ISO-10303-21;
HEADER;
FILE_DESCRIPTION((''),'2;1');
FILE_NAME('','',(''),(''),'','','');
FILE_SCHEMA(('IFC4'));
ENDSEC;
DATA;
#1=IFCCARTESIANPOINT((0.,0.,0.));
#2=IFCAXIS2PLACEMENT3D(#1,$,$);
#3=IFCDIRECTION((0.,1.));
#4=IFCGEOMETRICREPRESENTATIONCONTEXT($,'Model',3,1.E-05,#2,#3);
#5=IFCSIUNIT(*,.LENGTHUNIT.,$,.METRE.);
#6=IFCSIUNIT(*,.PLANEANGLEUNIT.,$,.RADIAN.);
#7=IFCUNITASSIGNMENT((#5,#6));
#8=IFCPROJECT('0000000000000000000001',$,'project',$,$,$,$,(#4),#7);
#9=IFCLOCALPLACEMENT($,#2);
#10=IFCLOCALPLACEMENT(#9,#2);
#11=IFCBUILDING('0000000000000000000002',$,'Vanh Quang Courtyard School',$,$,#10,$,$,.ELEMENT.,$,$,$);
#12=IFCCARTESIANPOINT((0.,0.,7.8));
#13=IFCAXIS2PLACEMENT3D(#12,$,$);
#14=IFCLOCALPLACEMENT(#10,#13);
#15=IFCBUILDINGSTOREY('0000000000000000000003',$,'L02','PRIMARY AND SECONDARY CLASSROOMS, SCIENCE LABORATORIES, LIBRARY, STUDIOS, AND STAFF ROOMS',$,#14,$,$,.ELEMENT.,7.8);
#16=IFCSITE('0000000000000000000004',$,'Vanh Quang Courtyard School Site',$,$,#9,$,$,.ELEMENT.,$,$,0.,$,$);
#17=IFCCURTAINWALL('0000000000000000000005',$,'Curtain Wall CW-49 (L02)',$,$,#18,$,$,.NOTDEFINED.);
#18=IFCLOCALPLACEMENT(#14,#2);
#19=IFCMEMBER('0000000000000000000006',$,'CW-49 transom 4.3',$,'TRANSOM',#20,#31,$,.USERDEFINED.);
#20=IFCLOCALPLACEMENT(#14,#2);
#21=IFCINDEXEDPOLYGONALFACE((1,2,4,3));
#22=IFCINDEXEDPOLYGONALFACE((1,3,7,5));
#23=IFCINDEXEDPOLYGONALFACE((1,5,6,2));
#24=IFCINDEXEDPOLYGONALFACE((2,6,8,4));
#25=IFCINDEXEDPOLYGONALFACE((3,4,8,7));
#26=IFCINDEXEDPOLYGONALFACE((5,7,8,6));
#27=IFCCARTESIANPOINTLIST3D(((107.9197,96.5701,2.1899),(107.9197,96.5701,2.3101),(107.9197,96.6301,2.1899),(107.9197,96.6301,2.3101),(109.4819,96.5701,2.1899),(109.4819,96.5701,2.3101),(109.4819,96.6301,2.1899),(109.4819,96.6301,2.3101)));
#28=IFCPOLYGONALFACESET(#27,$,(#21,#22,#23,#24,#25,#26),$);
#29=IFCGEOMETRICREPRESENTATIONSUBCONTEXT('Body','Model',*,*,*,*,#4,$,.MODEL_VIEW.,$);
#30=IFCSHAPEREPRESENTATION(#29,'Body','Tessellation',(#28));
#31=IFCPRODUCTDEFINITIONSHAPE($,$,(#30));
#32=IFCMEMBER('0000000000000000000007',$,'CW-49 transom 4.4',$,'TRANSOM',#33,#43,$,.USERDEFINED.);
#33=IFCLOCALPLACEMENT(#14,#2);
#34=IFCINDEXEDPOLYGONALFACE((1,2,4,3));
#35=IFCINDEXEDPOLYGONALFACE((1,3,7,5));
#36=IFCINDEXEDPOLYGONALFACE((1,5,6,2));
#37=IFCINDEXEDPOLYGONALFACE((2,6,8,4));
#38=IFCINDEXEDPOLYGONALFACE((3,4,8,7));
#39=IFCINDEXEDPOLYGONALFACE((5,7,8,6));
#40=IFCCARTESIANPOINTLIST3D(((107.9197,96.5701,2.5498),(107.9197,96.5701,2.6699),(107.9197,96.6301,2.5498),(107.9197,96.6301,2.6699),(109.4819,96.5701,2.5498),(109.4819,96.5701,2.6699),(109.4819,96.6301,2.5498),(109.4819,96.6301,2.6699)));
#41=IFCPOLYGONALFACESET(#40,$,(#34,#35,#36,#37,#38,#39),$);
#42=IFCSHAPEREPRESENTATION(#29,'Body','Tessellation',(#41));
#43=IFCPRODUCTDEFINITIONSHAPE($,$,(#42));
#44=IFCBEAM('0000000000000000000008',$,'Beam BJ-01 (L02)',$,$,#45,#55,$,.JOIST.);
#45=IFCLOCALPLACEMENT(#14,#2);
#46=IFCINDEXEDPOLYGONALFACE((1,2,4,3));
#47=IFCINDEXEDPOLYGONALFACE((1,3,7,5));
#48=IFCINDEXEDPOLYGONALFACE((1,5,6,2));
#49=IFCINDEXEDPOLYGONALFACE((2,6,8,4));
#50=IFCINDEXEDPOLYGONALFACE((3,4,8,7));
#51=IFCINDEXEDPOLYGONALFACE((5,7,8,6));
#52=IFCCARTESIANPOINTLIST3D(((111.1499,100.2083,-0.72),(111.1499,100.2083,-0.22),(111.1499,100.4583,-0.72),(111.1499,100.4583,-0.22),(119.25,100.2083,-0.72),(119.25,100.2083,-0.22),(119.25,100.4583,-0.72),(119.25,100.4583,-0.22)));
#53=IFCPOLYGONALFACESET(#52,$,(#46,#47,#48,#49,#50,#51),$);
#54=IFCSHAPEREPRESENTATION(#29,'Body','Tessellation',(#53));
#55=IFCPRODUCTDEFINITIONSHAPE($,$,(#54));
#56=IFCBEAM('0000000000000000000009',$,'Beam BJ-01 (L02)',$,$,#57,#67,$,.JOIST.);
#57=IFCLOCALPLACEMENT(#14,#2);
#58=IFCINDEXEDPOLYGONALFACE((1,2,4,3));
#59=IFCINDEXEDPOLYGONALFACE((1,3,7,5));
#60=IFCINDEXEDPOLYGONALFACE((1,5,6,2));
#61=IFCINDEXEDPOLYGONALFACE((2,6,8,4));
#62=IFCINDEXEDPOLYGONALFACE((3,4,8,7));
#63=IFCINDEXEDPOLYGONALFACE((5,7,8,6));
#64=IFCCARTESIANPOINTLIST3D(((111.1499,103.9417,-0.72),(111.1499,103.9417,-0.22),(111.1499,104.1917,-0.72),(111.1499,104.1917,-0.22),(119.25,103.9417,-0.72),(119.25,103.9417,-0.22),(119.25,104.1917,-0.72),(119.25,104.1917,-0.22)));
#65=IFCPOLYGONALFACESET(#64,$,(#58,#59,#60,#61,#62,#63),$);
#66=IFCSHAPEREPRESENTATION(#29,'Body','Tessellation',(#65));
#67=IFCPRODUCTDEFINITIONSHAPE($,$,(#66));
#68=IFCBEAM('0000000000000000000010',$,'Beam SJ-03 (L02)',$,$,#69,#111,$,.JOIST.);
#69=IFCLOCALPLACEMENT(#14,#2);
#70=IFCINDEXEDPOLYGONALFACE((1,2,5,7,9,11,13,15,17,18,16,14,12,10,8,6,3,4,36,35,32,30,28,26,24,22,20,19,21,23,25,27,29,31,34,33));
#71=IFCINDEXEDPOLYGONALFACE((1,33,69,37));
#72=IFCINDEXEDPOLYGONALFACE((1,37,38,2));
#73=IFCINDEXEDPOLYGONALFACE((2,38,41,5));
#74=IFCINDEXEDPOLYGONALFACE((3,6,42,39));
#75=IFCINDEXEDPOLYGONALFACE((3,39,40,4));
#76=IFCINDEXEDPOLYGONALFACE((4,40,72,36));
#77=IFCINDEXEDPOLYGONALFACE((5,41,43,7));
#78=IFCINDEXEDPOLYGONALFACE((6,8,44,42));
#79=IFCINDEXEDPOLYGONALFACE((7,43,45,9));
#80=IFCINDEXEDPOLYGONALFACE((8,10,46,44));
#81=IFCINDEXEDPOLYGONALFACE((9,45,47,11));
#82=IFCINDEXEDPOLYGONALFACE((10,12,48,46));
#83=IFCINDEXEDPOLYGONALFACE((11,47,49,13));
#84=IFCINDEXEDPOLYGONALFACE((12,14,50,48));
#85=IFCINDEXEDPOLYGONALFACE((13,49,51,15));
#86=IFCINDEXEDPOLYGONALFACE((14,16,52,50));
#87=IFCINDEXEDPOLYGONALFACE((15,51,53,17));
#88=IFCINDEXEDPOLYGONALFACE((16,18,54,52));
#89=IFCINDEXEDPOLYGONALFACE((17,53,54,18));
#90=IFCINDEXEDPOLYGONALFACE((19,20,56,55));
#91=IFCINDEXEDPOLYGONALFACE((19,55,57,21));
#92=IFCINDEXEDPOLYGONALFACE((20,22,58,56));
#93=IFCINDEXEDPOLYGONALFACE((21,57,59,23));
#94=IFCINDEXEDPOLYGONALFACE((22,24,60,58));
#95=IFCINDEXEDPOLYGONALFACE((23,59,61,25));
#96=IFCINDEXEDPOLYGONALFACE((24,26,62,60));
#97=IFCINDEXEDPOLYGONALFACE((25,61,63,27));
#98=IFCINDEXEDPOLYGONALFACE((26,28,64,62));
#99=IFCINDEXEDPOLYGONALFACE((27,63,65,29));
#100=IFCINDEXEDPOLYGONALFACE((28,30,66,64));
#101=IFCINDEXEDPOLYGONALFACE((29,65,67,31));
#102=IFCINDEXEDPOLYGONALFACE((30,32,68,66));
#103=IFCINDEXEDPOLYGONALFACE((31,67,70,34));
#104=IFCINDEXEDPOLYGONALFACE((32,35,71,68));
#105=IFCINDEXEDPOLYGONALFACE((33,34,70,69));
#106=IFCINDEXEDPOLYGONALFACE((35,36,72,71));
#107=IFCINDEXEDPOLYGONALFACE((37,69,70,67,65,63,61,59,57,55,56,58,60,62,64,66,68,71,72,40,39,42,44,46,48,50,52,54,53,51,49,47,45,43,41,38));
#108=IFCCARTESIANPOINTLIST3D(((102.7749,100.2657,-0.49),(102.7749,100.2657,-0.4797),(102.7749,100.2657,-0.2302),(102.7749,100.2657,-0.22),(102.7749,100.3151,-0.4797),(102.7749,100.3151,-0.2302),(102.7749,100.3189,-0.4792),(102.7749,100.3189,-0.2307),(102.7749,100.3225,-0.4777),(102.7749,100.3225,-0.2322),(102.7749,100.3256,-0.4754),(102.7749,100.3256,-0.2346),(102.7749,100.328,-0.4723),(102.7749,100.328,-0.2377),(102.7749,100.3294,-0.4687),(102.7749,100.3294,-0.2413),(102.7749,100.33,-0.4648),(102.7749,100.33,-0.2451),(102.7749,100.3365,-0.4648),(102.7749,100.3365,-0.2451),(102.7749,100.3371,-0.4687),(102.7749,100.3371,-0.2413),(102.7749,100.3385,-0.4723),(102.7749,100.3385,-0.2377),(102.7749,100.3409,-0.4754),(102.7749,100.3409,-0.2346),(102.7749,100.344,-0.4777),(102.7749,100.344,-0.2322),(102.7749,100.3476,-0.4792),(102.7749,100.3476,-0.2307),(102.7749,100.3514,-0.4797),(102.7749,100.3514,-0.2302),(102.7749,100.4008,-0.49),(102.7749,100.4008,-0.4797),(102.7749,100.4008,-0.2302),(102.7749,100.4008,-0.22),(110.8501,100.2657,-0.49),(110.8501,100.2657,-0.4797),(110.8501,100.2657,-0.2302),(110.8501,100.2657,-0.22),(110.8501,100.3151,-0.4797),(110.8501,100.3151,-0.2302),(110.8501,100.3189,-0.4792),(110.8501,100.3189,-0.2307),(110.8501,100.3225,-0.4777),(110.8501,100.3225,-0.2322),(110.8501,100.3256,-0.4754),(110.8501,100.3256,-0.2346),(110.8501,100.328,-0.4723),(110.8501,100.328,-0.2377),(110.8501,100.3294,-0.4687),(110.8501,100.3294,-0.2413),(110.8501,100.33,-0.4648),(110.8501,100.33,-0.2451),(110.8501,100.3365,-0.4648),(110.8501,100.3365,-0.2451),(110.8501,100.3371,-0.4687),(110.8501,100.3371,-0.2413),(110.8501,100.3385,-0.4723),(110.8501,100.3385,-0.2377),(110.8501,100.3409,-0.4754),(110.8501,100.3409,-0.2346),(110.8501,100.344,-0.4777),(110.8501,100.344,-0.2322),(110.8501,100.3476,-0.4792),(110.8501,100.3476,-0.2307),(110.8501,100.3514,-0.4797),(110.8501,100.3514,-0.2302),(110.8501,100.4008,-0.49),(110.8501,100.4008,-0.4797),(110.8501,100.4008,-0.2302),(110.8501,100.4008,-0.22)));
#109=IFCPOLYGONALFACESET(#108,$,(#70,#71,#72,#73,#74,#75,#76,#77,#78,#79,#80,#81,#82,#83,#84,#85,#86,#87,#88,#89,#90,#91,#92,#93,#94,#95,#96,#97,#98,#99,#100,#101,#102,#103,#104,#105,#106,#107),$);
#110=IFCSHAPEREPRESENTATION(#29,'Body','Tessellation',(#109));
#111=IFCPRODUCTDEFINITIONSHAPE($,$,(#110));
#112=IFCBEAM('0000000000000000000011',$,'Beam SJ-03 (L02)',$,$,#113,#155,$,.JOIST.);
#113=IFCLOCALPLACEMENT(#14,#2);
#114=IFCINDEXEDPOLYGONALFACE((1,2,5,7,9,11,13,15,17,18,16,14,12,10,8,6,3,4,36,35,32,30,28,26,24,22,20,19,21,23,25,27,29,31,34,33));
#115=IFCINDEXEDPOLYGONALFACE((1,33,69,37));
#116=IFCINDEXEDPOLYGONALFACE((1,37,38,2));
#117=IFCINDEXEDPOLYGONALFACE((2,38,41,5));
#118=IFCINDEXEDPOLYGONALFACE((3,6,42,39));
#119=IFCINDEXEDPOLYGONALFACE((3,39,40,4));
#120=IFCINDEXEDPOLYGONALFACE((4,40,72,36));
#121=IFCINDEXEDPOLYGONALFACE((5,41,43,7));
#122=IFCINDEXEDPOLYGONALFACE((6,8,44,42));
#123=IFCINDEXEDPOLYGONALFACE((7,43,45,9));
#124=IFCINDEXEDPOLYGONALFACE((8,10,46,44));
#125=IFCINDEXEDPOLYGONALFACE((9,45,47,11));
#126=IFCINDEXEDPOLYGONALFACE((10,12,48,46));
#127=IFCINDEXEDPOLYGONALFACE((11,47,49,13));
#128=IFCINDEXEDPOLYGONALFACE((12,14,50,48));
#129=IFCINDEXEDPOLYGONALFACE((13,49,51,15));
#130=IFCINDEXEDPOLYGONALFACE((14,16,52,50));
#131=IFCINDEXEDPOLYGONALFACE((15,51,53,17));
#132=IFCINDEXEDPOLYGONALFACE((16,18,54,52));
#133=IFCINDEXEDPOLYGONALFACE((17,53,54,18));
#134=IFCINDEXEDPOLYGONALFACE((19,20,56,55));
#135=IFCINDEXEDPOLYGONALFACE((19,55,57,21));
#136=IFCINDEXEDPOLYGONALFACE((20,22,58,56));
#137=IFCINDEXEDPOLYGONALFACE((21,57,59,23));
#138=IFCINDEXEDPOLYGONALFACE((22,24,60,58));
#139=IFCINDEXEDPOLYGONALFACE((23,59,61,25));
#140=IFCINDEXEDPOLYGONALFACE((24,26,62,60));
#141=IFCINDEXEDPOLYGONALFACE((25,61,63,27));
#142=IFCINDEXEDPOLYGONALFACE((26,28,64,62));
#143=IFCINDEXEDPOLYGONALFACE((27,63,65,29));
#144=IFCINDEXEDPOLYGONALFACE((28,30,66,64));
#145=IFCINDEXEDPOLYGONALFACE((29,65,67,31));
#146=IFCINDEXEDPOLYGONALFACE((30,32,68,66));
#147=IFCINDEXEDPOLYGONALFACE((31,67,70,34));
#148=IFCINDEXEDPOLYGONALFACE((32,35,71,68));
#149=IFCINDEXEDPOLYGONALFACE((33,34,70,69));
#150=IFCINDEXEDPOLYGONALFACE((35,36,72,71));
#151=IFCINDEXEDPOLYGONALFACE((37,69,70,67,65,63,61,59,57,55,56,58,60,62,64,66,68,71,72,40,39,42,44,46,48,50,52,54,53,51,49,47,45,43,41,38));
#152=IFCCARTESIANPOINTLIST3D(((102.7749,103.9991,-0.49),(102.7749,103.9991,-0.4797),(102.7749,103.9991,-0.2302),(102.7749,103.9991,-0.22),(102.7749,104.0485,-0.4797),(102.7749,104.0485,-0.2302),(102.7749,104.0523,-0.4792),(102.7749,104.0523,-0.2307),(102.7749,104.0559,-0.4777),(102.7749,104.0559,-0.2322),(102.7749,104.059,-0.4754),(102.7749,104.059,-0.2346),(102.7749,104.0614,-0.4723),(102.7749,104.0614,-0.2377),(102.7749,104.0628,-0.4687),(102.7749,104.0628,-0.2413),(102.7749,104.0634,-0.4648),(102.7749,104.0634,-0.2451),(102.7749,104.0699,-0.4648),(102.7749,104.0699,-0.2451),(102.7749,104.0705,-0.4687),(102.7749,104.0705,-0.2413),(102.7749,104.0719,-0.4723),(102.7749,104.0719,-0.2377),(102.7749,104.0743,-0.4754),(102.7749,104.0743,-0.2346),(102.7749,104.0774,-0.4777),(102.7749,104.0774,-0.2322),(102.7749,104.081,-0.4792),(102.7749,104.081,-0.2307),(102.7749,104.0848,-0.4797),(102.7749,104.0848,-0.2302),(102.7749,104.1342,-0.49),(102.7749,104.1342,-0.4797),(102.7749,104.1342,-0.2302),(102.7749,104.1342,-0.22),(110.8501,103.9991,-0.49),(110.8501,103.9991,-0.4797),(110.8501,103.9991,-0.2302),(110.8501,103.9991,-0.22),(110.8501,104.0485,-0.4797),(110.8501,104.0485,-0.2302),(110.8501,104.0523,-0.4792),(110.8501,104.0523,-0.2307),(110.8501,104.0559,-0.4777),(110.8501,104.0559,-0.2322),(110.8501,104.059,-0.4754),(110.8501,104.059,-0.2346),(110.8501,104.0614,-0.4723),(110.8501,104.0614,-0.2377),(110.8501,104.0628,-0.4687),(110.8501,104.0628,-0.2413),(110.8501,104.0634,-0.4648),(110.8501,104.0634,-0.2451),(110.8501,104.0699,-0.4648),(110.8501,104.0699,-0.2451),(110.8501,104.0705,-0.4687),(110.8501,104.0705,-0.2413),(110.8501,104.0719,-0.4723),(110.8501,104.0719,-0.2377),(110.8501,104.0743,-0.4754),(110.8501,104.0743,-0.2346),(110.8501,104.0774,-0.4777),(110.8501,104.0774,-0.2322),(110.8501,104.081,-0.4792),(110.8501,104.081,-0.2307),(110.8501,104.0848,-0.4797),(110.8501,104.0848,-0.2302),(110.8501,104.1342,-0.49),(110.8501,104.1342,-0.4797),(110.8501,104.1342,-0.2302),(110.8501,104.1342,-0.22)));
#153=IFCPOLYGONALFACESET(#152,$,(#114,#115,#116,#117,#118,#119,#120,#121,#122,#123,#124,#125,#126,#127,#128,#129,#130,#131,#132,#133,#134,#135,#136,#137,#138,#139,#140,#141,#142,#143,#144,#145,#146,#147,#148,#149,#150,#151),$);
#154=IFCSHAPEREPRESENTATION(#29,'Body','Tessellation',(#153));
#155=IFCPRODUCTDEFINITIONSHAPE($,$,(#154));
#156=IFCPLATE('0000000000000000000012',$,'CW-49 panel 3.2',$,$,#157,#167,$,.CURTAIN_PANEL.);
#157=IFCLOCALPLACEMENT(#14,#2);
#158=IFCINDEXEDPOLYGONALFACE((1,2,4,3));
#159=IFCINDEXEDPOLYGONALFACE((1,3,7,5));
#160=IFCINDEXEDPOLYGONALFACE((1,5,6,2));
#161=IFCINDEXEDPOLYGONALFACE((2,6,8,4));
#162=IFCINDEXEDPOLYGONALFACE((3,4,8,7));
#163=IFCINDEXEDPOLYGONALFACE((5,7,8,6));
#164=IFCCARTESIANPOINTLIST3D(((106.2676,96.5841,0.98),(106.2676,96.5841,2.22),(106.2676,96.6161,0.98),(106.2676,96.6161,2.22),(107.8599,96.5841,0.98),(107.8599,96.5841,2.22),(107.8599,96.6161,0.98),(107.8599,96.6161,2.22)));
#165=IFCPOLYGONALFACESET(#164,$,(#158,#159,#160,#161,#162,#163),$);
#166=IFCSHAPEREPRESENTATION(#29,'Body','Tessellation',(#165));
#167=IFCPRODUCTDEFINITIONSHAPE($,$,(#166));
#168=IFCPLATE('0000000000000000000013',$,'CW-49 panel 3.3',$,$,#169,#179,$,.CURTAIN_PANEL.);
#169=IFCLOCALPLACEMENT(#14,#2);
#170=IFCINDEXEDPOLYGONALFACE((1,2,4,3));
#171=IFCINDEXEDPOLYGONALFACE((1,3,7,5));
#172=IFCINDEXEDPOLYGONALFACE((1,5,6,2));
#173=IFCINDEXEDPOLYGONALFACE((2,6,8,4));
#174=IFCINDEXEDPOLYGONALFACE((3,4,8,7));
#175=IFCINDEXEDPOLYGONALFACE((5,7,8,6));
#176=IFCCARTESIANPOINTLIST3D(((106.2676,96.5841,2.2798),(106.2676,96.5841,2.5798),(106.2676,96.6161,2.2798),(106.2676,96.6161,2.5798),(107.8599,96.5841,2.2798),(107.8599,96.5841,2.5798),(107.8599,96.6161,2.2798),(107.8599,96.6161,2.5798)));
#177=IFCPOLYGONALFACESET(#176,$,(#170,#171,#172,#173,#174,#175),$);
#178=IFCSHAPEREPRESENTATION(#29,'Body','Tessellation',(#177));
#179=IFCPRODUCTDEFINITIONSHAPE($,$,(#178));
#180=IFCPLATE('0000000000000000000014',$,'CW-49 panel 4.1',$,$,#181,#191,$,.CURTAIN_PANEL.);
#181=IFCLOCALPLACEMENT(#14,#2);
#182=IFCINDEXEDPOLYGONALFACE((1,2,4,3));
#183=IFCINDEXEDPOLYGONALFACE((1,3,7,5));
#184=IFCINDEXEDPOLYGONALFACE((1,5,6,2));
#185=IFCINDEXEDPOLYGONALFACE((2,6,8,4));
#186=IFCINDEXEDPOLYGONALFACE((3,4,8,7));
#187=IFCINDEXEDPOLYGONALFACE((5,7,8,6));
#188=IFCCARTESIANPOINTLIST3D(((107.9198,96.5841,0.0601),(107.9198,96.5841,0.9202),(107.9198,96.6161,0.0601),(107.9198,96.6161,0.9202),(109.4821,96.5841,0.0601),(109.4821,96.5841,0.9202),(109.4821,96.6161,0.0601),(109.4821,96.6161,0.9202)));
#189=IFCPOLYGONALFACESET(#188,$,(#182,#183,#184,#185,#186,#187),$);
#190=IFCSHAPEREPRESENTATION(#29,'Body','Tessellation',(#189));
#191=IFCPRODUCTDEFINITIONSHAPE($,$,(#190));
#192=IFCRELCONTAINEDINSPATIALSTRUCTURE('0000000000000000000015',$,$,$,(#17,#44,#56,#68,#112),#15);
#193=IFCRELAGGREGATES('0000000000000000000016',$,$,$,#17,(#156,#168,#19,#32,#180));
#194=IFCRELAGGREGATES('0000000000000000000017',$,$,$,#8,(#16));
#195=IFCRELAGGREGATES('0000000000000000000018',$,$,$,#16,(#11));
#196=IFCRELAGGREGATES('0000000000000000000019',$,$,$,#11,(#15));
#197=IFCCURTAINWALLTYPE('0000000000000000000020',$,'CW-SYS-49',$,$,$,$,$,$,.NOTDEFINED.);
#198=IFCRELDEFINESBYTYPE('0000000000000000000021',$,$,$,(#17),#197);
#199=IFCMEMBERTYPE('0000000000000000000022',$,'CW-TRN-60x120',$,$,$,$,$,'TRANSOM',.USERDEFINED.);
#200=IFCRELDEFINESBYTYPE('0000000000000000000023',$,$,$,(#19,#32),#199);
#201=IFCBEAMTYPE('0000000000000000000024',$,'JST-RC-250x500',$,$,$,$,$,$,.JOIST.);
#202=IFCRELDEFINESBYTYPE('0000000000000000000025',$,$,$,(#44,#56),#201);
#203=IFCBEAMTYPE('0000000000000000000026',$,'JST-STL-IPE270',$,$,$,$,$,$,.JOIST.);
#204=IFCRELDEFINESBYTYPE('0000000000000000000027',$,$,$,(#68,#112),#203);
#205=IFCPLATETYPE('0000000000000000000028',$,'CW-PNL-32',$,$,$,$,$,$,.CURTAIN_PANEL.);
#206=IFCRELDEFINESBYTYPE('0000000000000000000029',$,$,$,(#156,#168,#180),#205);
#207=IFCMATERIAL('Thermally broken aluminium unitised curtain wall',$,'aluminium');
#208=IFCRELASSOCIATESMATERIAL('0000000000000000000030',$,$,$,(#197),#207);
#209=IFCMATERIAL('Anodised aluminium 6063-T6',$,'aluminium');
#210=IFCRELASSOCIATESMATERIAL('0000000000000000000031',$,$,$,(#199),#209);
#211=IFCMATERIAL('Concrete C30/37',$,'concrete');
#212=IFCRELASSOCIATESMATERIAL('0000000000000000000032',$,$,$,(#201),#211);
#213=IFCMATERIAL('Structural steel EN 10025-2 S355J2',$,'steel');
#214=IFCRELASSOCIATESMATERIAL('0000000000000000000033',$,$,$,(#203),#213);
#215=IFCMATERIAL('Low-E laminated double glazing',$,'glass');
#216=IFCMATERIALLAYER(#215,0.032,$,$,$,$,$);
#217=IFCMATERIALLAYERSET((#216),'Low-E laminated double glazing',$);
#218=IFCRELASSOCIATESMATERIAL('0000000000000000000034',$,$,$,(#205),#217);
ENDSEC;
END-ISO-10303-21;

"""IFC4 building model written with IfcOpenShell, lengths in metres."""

from ifc_helpers import new_model, si_unit, direction, frame, origin, origin_2d, place, context, subcontext, project, spatial, rectangle, i_section, extrude, material, layer, layer_set, material_profile, profile_set, type_object, element, aggregate, save


model = new_model("IFC4")

# Units and contexts
model_context = context("Model", 3, precision=1e-05, world=origin(), true_north=direction((0.0, 1.0)))
body_context = subcontext(model_context, "Body", "Model", "MODEL_VIEW")
ifc_project = project(units=[si_unit("LENGTHUNIT", "METRE"), si_unit("PLANEANGLEUNIT", "RADIAN")], contexts=[model_context])

# Site, building, storey
site_placement = place(None, origin())
site = spatial("IfcSite", under=ifc_project, at=site_placement, Name="Vanh Quang Courtyard School Site", CompositionType="ELEMENT", RefElevation=0.0)
building_placement = place(site_placement, origin())
building = spatial("IfcBuilding", under=site, at=building_placement, Name="Vanh Quang Courtyard School", CompositionType="ELEMENT")
storey_placement = place(building_placement, frame((0.0, 0.0, 7.8)))
storey = spatial("IfcBuildingStorey", under=building, at=storey_placement, Name="L02", Description="PRIMARY AND SECONDARY CLASSROOMS, SCIENCE LABORATORIES, LIBRARY, STUDIOS, AND STAFF ROOMS", CompositionType="ELEMENT", Elevation=7.8)

# Curtain wall, members
ifc_material_1 = material(Name="Thermally broken aluminium unitised curtain wall", Category="aluminium")
curtain_wall_type = type_object("IfcCurtainWallType", Name="CW-SYS-49", PredefinedType="NOTDEFINED", material=ifc_material_1)
curtain_wall_placement = place(storey_placement, origin())
curtain_wall = element("IfcCurtainWall", 1, at=curtain_wall_placement, inside=storey, type_object=curtain_wall_type, Name="Curtain Wall CW-49 (L02)", PredefinedType="NOTDEFINED")
ifc_material_2 = material(Name="Anodised aluminium 6063-T6", Category="aluminium")
ifc_material_profile_1 = material_profile(ifc_material_2, rectangle(XDim=0.0601, YDim=0.1201, at=origin_2d()), Name="ALU-TRN 60x120")
ifc_profile_set_1 = profile_set([ifc_material_profile_1], Name="Anodised aluminium 6063-T6")
member_type_1 = type_object("IfcMemberType", Name="CW-TRN-60x120", ElementType="TRANSOM", PredefinedType="USERDEFINED", material=ifc_profile_set_1)
member_1_placement = place(storey_placement, frame((107.9197, 96.6001, 2.25), z_axis=(1.0, 0.0, 0.0), x_axis=(0.0, 1.0, 0.0)))
member_1 = element("IfcMember", 2, at=member_1_placement, type_object=member_type_1, Name="CW-49 transom 4.3", ObjectType="TRANSOM", PredefinedType="USERDEFINED", context=body_context, shape_type="SweptSolid", body=[
    extrude(rectangle(XDim=0.0601, YDim=0.1201, at=origin_2d()), origin(), (0.0, 0.0, 1.0), 1.5623),
])
member_2_placement = place(storey_placement, frame((107.9197, 96.6001, 2.6099), z_axis=(1.0, 0.0, 0.0), x_axis=(0.0, 1.0, 0.0)))
member_2 = element("IfcMember", 3, at=member_2_placement, type_object=member_type_1, Name="CW-49 transom 4.4", ObjectType="TRANSOM", PredefinedType="USERDEFINED", context=body_context, shape_type="SweptSolid", body=[
    extrude(rectangle(XDim=0.0601, YDim=0.1201, at=origin_2d()), origin(), (0.0, 0.0, 1.0), 1.5623),
])

# Beams
ifc_material_3 = material(Name="Concrete C30/37", Category="concrete")
ifc_material_profile_2 = material_profile(ifc_material_3, rectangle(XDim=0.25, YDim=0.5, at=origin_2d()), Name="RC-JST 250x500")
ifc_profile_set_2 = profile_set([ifc_material_profile_2], Name="Concrete C30/37")
beam_type_1 = type_object("IfcBeamType", Name="JST-RC-250x500", PredefinedType="JOIST", material=ifc_profile_set_2)
for number, where, z_axis, x_axis, name in (
    (4, (111.1499, 100.3333, -0.47), (1.0, 0.0, 0.0), (0.0, 1.0, 0.0), "Beam BJ-01 (L02)"),
    (5, (111.1499, 104.0667, -0.47), (1.0, 0.0, 0.0), (0.0, 1.0, 0.0), "Beam BJ-01 (L02)"),
):
    element("IfcBeam", number, at=place(storey_placement, frame(where, z_axis=z_axis, x_axis=x_axis)), inside=storey, type_object=beam_type_1, Name=name, PredefinedType="JOIST", context=body_context, shape_type="SweptSolid", body=[
        extrude(rectangle(XDim=0.25, YDim=0.5, at=origin_2d()), origin(), (0.0, 0.0, 1.0), 8.1001),
    ])
ifc_material_4 = material(Name="Structural steel EN 10025-2 S355J2", Category="steel")
ifc_material_profile_3 = material_profile(ifc_material_4, i_section(OverallWidth=0.135, OverallDepth=0.27, WebThickness=0.0066, FlangeThickness=0.0103, FilletRadius=0.0149, at=origin_2d()), Name="IPE 270")
ifc_profile_set_3 = profile_set([ifc_material_profile_3], Name="Structural steel EN 10025-2 S355J2")
beam_type_2 = type_object("IfcBeamType", Name="JST-STL-IPE270", PredefinedType="JOIST", material=ifc_profile_set_3)
for number, where, z_axis, x_axis, name in (
    (6, (102.7749, 100.3333, -0.355), (1.0, 0.0, 0.0), (0.0, 1.0, 0.0), "Beam SJ-03 (L02)"),
    (7, (102.7749, 104.0667, -0.355), (1.0, 0.0, 0.0), (0.0, 1.0, 0.0), "Beam SJ-03 (L02)"),
):
    element("IfcBeam", number, at=place(storey_placement, frame(where, z_axis=z_axis, x_axis=x_axis)), inside=storey, type_object=beam_type_2, Name=name, PredefinedType="JOIST", context=body_context, shape_type="SweptSolid", body=[
        extrude(i_section(OverallWidth=0.135, OverallDepth=0.27, WebThickness=0.0066, FlangeThickness=0.0103, FilletRadius=0.0149, at=origin_2d()), origin(), (0.0, 0.0, 1.0), 8.0752),
    ])

# Plates
ifc_material_5 = material(Name="Low-E laminated double glazing", Category="glass")
ifc_layer_1 = layer(ifc_material_5, 0.032)
ifc_layer_set_1 = layer_set([ifc_layer_1], Name="Low-E laminated double glazing")
plate_type = type_object("IfcPlateType", Name="CW-PNL-32", PredefinedType="CURTAIN_PANEL", material=ifc_layer_set_1)
plate_1_placement = place(storey_placement, frame((107.0637, 96.6001, 0.98), z_axis=(0.0, 0.0, 1.0), x_axis=(1.0, 0.0, 0.0)))
plate_1 = element("IfcPlate", 8, at=plate_1_placement, type_object=plate_type, Name="CW-49 panel 3.2", PredefinedType="CURTAIN_PANEL", context=body_context, shape_type="SweptSolid", body=[
    extrude(rectangle(XDim=1.5923, YDim=0.032, at=origin_2d()), origin(), (0.0, 0.0, 1.0), 1.24),
])
plate_2_placement = place(storey_placement, frame((107.0637, 96.6001, 2.2798), z_axis=(0.0, 0.0, 1.0), x_axis=(1.0, 0.0, 0.0)))
plate_2 = element("IfcPlate", 9, at=plate_2_placement, type_object=plate_type, Name="CW-49 panel 3.3", PredefinedType="CURTAIN_PANEL", context=body_context, shape_type="SweptSolid", body=[
    extrude(rectangle(XDim=1.5923, YDim=0.032, at=origin_2d()), origin(), (0.0, 0.0, 1.0), 0.3),
])
plate_3_placement = place(storey_placement, frame((108.7009, 96.6001, 0.0601), z_axis=(0.0, 0.0, 1.0), x_axis=(1.0, 0.0, 0.0)))
plate_3 = element("IfcPlate", 10, at=plate_3_placement, type_object=plate_type, Name="CW-49 panel 4.1", PredefinedType="CURTAIN_PANEL", context=body_context, shape_type="SweptSolid", body=[
    extrude(rectangle(XDim=1.5623, YDim=0.032, at=origin_2d()), origin(), (0.0, 0.0, 1.0), 0.8601),
])
aggregate(curtain_wall, [plate_1, plate_2, member_1, member_2, plate_3])

save(model, "model.ifc")
